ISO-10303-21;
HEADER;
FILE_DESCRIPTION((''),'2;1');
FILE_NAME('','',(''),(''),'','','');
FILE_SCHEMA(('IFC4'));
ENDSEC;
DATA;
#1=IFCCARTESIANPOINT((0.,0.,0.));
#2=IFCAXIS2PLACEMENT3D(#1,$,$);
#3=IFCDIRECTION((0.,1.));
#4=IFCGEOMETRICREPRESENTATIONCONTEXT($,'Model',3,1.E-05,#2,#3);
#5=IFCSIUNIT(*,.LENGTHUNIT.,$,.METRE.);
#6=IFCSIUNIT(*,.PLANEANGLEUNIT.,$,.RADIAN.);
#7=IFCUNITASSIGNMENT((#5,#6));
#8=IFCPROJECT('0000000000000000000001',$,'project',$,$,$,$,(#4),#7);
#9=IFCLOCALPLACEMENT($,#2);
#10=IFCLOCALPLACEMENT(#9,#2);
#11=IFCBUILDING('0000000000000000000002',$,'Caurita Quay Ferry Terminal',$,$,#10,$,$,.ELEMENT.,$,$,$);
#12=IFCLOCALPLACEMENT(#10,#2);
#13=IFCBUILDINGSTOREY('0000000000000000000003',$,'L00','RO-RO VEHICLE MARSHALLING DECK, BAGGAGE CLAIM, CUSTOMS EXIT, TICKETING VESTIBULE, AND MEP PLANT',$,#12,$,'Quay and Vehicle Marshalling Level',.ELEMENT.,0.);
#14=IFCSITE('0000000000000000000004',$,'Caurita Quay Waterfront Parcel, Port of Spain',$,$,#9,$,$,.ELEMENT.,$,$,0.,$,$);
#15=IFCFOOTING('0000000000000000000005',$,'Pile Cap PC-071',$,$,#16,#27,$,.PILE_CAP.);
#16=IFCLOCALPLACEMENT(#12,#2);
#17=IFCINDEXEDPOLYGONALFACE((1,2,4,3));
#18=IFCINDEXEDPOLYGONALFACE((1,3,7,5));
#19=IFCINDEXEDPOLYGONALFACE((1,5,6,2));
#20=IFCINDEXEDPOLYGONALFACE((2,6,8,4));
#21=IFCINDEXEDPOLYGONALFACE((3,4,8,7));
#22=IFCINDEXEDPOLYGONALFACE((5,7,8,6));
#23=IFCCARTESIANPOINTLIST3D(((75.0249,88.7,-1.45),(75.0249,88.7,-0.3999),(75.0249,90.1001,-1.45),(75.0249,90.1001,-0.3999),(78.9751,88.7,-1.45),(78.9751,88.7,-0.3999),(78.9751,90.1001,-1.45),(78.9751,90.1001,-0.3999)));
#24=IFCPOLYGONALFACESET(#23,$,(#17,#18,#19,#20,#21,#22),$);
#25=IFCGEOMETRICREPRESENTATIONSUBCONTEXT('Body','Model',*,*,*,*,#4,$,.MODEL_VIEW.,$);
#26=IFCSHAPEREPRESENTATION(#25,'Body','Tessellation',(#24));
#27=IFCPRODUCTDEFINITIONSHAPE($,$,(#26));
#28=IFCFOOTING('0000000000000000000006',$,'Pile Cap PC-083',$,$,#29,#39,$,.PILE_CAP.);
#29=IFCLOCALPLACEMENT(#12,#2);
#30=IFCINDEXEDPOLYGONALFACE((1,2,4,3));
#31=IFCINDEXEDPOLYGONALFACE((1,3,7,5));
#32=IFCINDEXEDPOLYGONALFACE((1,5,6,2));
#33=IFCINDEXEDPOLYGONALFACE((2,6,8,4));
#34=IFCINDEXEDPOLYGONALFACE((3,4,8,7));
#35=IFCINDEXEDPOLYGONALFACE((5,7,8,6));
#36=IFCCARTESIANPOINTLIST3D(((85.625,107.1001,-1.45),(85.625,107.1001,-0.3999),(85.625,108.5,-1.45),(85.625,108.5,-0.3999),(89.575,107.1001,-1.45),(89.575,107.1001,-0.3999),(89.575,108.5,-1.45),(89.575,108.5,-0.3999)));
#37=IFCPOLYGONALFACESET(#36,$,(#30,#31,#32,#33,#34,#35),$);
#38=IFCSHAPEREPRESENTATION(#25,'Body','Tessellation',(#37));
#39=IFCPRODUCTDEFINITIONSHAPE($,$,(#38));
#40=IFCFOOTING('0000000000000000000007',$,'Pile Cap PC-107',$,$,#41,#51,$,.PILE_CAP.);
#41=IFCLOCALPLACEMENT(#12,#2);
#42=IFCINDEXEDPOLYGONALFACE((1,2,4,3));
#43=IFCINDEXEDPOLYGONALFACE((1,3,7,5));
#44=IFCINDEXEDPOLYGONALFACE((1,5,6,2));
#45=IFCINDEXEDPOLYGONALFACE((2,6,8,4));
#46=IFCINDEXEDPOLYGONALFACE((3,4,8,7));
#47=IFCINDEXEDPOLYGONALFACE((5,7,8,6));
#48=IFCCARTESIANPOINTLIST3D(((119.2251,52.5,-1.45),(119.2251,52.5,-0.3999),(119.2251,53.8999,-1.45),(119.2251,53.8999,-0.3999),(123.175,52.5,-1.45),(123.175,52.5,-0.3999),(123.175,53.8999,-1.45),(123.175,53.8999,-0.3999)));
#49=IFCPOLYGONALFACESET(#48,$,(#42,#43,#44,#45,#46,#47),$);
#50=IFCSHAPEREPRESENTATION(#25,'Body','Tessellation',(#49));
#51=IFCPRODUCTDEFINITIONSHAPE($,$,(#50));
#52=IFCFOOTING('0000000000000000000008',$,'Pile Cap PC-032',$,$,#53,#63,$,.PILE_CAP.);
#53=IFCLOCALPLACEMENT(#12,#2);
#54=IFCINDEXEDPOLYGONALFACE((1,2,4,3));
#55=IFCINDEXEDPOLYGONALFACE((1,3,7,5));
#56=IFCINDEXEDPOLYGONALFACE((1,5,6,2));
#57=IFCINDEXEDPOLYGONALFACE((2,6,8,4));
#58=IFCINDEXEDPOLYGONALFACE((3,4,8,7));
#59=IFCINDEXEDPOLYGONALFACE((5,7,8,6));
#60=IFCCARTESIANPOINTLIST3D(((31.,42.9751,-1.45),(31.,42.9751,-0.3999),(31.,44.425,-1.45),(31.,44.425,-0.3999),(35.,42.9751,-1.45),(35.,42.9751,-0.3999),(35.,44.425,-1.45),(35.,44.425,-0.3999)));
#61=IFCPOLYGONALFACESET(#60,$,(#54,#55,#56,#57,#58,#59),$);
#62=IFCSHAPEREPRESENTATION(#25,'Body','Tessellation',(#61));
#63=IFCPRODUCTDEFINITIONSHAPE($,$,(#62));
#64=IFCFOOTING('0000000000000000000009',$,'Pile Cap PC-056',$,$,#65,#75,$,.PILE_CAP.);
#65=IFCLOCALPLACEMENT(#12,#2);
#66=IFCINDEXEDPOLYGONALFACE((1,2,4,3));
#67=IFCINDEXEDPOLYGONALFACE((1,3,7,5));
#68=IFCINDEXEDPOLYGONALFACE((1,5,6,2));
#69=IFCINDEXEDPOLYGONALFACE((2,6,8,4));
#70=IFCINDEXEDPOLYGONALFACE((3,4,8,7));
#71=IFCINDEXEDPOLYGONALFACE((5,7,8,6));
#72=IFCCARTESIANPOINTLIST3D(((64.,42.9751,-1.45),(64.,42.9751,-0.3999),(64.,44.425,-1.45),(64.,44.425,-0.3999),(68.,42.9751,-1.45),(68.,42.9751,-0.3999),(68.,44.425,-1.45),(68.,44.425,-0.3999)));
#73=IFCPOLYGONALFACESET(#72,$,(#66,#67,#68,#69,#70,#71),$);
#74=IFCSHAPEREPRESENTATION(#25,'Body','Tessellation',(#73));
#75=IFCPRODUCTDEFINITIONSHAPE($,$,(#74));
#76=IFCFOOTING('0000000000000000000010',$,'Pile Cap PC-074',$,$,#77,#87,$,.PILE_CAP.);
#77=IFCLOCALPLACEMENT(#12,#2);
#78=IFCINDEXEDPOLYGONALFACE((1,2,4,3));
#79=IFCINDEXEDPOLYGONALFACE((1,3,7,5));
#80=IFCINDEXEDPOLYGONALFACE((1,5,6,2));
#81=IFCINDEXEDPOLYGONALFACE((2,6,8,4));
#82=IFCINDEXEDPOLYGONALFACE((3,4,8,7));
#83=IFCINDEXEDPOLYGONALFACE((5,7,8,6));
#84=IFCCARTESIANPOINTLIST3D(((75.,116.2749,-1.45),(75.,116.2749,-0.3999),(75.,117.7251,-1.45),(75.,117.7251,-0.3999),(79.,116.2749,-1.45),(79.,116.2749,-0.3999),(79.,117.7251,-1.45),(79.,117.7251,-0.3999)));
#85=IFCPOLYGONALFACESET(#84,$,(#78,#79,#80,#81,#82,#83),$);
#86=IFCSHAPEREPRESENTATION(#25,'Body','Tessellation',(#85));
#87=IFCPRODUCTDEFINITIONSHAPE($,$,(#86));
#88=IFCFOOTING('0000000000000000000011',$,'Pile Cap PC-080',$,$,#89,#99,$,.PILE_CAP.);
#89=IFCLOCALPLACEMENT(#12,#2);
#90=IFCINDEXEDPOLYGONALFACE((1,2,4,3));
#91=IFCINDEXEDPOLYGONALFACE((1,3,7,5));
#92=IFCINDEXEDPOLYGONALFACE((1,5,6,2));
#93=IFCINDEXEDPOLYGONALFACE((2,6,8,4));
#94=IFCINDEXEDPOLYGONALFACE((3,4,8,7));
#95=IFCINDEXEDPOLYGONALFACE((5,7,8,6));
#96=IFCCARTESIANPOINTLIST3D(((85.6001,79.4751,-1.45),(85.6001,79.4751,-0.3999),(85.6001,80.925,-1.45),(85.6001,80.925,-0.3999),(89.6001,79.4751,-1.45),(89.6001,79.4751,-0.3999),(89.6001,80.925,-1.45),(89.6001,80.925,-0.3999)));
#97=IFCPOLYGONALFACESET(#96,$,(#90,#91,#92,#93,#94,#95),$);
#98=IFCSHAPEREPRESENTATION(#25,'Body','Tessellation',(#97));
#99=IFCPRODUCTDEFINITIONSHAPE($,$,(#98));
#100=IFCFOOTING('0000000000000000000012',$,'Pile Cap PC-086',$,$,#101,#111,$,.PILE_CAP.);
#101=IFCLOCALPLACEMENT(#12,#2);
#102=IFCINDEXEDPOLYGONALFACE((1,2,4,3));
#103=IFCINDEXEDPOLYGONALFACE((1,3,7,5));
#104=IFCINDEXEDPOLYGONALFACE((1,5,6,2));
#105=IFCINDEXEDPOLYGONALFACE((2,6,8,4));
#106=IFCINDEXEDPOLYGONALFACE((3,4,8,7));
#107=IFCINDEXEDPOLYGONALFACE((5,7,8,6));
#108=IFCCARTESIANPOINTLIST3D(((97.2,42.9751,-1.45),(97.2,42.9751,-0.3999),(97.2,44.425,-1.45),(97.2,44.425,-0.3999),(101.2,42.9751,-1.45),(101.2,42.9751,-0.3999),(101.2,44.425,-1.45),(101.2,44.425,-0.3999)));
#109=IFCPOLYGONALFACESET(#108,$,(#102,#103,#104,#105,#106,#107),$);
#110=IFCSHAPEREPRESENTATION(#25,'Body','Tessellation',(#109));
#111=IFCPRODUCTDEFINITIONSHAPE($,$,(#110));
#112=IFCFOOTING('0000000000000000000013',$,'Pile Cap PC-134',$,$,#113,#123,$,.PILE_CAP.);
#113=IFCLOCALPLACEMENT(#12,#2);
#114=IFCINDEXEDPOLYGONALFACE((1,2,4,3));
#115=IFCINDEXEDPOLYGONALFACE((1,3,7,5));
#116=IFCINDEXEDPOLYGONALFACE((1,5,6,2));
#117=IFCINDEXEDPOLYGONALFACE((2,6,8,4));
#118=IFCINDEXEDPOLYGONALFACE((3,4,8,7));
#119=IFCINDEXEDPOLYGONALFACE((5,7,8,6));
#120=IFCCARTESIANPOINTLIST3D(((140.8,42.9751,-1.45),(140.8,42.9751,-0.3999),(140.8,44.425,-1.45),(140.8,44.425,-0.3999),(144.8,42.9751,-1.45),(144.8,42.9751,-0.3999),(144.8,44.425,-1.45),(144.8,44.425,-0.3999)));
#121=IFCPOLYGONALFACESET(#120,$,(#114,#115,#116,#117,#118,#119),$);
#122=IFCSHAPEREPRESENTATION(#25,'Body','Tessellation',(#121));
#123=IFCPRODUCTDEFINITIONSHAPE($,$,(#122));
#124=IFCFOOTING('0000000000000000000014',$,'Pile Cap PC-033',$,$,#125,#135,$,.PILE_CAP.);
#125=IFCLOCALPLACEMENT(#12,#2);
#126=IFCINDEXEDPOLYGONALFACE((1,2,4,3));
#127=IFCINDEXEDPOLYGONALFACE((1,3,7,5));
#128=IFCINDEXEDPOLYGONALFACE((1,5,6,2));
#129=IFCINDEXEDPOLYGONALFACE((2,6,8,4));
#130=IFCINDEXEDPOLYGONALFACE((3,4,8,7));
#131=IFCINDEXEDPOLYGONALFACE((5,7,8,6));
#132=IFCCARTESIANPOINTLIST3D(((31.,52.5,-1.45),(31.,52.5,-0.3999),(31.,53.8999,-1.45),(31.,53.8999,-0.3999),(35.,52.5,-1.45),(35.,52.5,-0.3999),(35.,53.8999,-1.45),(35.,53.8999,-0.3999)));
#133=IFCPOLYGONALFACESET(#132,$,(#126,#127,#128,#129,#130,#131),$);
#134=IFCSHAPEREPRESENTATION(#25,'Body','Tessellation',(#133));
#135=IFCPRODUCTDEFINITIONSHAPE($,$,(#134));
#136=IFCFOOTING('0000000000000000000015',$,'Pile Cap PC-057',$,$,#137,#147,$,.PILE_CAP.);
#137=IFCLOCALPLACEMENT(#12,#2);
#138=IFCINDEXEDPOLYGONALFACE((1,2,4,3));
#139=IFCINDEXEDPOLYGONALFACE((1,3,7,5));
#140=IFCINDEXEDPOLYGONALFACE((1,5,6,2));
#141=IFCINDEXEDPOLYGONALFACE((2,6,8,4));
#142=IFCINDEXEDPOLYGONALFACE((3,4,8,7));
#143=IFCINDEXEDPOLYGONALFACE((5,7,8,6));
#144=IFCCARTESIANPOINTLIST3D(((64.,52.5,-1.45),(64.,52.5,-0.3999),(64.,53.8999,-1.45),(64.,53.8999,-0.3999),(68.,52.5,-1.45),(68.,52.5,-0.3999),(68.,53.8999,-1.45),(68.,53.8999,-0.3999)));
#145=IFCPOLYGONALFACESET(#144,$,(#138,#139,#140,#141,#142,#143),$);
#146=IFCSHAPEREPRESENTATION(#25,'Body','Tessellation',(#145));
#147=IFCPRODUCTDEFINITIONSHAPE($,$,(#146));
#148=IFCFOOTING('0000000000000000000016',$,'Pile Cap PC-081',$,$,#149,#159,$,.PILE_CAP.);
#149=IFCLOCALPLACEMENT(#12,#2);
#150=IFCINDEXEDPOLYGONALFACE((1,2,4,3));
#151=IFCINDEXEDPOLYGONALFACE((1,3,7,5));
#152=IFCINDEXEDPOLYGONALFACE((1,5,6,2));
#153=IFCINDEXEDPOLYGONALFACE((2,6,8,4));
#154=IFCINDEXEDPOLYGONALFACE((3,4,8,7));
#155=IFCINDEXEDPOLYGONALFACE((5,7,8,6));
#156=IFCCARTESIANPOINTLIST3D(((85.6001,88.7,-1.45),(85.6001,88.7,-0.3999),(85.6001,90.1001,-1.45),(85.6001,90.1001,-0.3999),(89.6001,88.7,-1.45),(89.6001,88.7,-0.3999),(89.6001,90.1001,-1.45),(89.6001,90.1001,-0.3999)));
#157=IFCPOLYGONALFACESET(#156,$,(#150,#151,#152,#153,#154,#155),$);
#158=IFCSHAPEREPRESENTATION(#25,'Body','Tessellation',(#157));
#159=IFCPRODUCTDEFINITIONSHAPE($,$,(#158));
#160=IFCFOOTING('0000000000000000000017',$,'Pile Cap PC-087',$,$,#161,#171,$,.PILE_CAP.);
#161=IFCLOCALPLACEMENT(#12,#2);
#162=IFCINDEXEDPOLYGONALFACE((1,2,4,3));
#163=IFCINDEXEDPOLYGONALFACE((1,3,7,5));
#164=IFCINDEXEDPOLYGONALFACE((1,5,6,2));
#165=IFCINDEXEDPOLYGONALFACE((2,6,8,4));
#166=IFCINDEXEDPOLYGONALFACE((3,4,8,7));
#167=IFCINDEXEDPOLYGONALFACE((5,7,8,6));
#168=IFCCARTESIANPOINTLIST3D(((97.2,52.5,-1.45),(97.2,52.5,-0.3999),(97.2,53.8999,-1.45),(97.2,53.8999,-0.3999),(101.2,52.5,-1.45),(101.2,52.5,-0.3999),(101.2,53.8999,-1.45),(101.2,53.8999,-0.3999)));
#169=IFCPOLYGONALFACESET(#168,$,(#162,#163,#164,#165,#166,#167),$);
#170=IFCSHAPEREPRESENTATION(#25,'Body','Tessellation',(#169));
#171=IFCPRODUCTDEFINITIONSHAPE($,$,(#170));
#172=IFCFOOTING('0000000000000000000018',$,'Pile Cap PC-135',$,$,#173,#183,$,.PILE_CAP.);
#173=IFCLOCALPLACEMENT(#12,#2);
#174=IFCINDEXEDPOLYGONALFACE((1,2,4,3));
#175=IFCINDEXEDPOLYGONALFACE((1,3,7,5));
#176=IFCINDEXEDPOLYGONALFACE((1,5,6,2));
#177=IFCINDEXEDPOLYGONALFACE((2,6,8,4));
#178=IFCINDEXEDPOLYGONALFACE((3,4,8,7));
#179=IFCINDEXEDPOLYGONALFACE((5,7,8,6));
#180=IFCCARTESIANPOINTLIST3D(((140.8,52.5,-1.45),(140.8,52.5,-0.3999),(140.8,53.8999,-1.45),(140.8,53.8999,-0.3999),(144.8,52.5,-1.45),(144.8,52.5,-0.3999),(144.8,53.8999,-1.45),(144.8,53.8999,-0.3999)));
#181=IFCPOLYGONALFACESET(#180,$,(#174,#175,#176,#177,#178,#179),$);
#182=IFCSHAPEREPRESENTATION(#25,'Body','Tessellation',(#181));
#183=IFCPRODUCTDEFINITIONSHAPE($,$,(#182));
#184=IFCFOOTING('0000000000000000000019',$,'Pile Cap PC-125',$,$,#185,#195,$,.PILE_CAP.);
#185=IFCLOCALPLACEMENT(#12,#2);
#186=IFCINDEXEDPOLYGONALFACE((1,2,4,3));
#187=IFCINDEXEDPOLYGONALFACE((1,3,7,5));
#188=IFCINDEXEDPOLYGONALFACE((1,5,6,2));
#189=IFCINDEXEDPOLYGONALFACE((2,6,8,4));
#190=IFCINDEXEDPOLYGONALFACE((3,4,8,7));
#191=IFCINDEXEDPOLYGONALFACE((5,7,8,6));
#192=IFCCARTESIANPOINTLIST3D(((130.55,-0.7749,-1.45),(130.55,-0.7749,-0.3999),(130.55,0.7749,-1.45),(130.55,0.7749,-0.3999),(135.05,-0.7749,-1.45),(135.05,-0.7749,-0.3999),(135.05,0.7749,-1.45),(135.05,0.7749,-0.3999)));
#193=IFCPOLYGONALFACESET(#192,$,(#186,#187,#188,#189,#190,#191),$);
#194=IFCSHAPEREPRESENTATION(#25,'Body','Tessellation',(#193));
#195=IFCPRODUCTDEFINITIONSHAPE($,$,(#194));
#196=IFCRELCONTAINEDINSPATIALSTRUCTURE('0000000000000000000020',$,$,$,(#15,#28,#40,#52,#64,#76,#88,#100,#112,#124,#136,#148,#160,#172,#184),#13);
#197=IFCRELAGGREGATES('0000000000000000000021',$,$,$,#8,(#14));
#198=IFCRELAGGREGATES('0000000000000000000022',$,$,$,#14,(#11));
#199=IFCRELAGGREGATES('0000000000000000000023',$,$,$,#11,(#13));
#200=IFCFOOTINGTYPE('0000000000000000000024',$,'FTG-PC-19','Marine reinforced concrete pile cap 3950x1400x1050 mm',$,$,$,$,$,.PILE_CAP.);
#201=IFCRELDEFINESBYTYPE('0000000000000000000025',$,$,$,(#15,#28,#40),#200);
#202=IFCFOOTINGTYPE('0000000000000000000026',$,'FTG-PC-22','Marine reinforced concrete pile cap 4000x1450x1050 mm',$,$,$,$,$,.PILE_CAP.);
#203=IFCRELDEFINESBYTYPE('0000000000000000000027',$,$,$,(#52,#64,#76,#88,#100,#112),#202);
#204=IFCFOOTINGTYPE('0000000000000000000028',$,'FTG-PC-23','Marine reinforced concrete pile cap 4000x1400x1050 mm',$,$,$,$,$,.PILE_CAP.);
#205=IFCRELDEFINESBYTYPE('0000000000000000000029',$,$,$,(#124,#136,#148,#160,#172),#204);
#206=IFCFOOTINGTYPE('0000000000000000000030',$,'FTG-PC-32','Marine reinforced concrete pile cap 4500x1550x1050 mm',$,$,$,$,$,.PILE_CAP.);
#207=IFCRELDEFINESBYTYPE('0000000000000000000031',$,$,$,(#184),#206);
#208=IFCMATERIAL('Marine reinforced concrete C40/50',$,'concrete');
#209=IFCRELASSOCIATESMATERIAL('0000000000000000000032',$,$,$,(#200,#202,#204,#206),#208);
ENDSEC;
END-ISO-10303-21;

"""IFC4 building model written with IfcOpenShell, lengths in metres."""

from ifc_helpers import new_model, si_unit, direction, frame, origin, place, context, subcontext, project, spatial, polyline, outline, extrude, material, type_object, element, save


model = new_model("IFC4")

# Units and contexts
model_context = context("Model", 3, precision=1e-05, world=origin(), true_north=direction((0.0, 1.0)))
body_context = subcontext(model_context, "Body", "Model", "MODEL_VIEW")
ifc_project = project(units=[si_unit("LENGTHUNIT", "METRE"), si_unit("PLANEANGLEUNIT", "RADIAN")], contexts=[model_context])

# Site, building, storey
site_placement = place(None, origin())
site = spatial("IfcSite", under=ifc_project, at=site_placement, Name="Caurita Quay Waterfront Parcel, Port of Spain", CompositionType="ELEMENT", RefElevation=0.0)
building_placement = place(site_placement, origin())
building = spatial("IfcBuilding", under=site, at=building_placement, Name="Caurita Quay Ferry Terminal", CompositionType="ELEMENT")
storey_placement = place(building_placement, origin())
storey = spatial("IfcBuildingStorey", under=building, at=storey_placement, Name="L00", Description="RO-RO VEHICLE MARSHALLING DECK, BAGGAGE CLAIM, CUSTOMS EXIT, TICKETING VESTIBULE, AND MEP PLANT", LongName="Quay and Vehicle Marshalling Level", CompositionType="ELEMENT", Elevation=0.0)

# Footings
ifc_material = material(Name="Marine reinforced concrete C40/50", Category="concrete")
footing_type_1 = type_object("IfcFootingType", Name="FTG-PC-19", Description="Marine reinforced concrete pile cap 3950x1400x1050 mm", PredefinedType="PILE_CAP", material=ifc_material)
footing_1_placement = place(storey_placement, frame((0.0, 0.0, -1.45)))
element("IfcFooting", 1, at=footing_1_placement, inside=storey, type_object=footing_type_1, Name="Pile Cap PC-071", PredefinedType="PILE_CAP", context=body_context, shape_type="SweptSolid", body=[
    extrude(outline(polyline([(75.0249, 88.7), (78.9751, 88.7), (78.9751, 90.1001), (75.0249, 90.1001), (75.0249, 88.7)])), origin(), (0.0, 0.0, 1.0), 1.05),
])
footing_2_placement = place(storey_placement, frame((0.0, 0.0, -1.45)))
element("IfcFooting", 2, at=footing_2_placement, inside=storey, type_object=footing_type_1, Name="Pile Cap PC-083", PredefinedType="PILE_CAP", context=body_context, shape_type="SweptSolid", body=[
    extrude(outline(polyline([(85.625, 107.1001), (89.575, 107.1001), (89.575, 108.5), (85.625, 108.5), (85.625, 107.1001)])), origin(), (0.0, 0.0, 1.0), 1.05),
])
footing_3_placement = place(storey_placement, frame((0.0, 0.0, -1.45)))
element("IfcFooting", 3, at=footing_3_placement, inside=storey, type_object=footing_type_1, Name="Pile Cap PC-107", PredefinedType="PILE_CAP", context=body_context, shape_type="SweptSolid", body=[
    extrude(outline(polyline([(119.2251, 52.5), (123.175, 52.5), (123.175, 53.8999), (119.2251, 53.8999), (119.2251, 52.5)])), origin(), (0.0, 0.0, 1.0), 1.05),
])
footing_type_2 = type_object("IfcFootingType", Name="FTG-PC-22", Description="Marine reinforced concrete pile cap 4000x1450x1050 mm", PredefinedType="PILE_CAP", material=ifc_material)
footing_4_placement = place(storey_placement, frame((0.0, 0.0, -1.45)))
element("IfcFooting", 4, at=footing_4_placement, inside=storey, type_object=footing_type_2, Name="Pile Cap PC-032", PredefinedType="PILE_CAP", context=body_context, shape_type="SweptSolid", body=[
    extrude(outline(polyline([(31.0, 42.9751), (35.0, 42.9751), (35.0, 44.425), (31.0, 44.425), (31.0, 42.9751)])), origin(), (0.0, 0.0, 1.0), 1.05),
])
footing_5_placement = place(storey_placement, frame((0.0, 0.0, -1.45)))
element("IfcFooting", 5, at=footing_5_placement, inside=storey, type_object=footing_type_2, Name="Pile Cap PC-056", PredefinedType="PILE_CAP", context=body_context, shape_type="SweptSolid", body=[
    extrude(outline(polyline([(64.0, 42.9751), (68.0, 42.9751), (68.0, 44.425), (64.0, 44.425), (64.0, 42.9751)])), origin(), (0.0, 0.0, 1.0), 1.05),
])
footing_6_placement = place(storey_placement, frame((0.0, 0.0, -1.45)))
element("IfcFooting", 6, at=footing_6_placement, inside=storey, type_object=footing_type_2, Name="Pile Cap PC-074", PredefinedType="PILE_CAP", context=body_context, shape_type="SweptSolid", body=[
    extrude(outline(polyline([(75.0, 116.2749), (79.0, 116.2749), (79.0, 117.7251), (75.0, 117.7251), (75.0, 116.2749)])), origin(), (0.0, 0.0, 1.0), 1.05),
])
footing_7_placement = place(storey_placement, frame((0.0, 0.0, -1.45)))
element("IfcFooting", 7, at=footing_7_placement, inside=storey, type_object=footing_type_2, Name="Pile Cap PC-080", PredefinedType="PILE_CAP", context=body_context, shape_type="SweptSolid", body=[
    extrude(outline(polyline([(85.6001, 79.4751), (89.6001, 79.4751), (89.6001, 80.925), (85.6001, 80.925), (85.6001, 79.4751)])), origin(), (0.0, 0.0, 1.0), 1.05),
])
footing_8_placement = place(storey_placement, frame((0.0, 0.0, -1.45)))
element("IfcFooting", 8, at=footing_8_placement, inside=storey, type_object=footing_type_2, Name="Pile Cap PC-086", PredefinedType="PILE_CAP", context=body_context, shape_type="SweptSolid", body=[
    extrude(outline(polyline([(97.2, 42.9751), (101.2, 42.9751), (101.2, 44.425), (97.2, 44.425), (97.2, 42.9751)])), origin(), (0.0, 0.0, 1.0), 1.05),
])
footing_9_placement = place(storey_placement, frame((0.0, 0.0, -1.45)))
element("IfcFooting", 9, at=footing_9_placement, inside=storey, type_object=footing_type_2, Name="Pile Cap PC-134", PredefinedType="PILE_CAP", context=body_context, shape_type="SweptSolid", body=[
    extrude(outline(polyline([(140.8, 42.9751), (144.8, 42.9751), (144.8, 44.425), (140.8, 44.425), (140.8, 42.9751)])), origin(), (0.0, 0.0, 1.0), 1.05),
])
footing_type_3 = type_object("IfcFootingType", Name="FTG-PC-23", Description="Marine reinforced concrete pile cap 4000x1400x1050 mm", PredefinedType="PILE_CAP", material=ifc_material)
footing_10_placement = place(storey_placement, frame((0.0, 0.0, -1.45)))
element("IfcFooting", 10, at=footing_10_placement, inside=storey, type_object=footing_type_3, Name="Pile Cap PC-033", PredefinedType="PILE_CAP", context=body_context, shape_type="SweptSolid", body=[
    extrude(outline(polyline([(31.0, 52.5), (35.0, 52.5), (35.0, 53.8999), (31.0, 53.8999), (31.0, 52.5)])), origin(), (0.0, 0.0, 1.0), 1.05),
])
footing_11_placement = place(storey_placement, frame((0.0, 0.0, -1.45)))
element("IfcFooting", 11, at=footing_11_placement, inside=storey, type_object=footing_type_3, Name="Pile Cap PC-057", PredefinedType="PILE_CAP", context=body_context, shape_type="SweptSolid", body=[
    extrude(outline(polyline([(64.0, 52.5), (68.0, 52.5), (68.0, 53.8999), (64.0, 53.8999), (64.0, 52.5)])), origin(), (0.0, 0.0, 1.0), 1.05),
])
footing_12_placement = place(storey_placement, frame((0.0, 0.0, -1.45)))
element("IfcFooting", 12, at=footing_12_placement, inside=storey, type_object=footing_type_3, Name="Pile Cap PC-081", PredefinedType="PILE_CAP", context=body_context, shape_type="SweptSolid", body=[
    extrude(outline(polyline([(85.6001, 88.7), (89.6001, 88.7), (89.6001, 90.1001), (85.6001, 90.1001), (85.6001, 88.7)])), origin(), (0.0, 0.0, 1.0), 1.05),
])
footing_13_placement = place(storey_placement, frame((0.0, 0.0, -1.45)))
element("IfcFooting", 13, at=footing_13_placement, inside=storey, type_object=footing_type_3, Name="Pile Cap PC-087", PredefinedType="PILE_CAP", context=body_context, shape_type="SweptSolid", body=[
    extrude(outline(polyline([(97.2, 52.5), (101.2, 52.5), (101.2, 53.8999), (97.2, 53.8999), (97.2, 52.5)])), origin(), (0.0, 0.0, 1.0), 1.05),
])
footing_14_placement = place(storey_placement, frame((0.0, 0.0, -1.45)))
element("IfcFooting", 14, at=footing_14_placement, inside=storey, type_object=footing_type_3, Name="Pile Cap PC-135", PredefinedType="PILE_CAP", context=body_context, shape_type="SweptSolid", body=[
    extrude(outline(polyline([(140.8, 52.5), (144.8, 52.5), (144.8, 53.8999), (140.8, 53.8999), (140.8, 52.5)])), origin(), (0.0, 0.0, 1.0), 1.05),
])
footing_type_4 = type_object("IfcFootingType", Name="FTG-PC-32", Description="Marine reinforced concrete pile cap 4500x1550x1050 mm", PredefinedType="PILE_CAP", material=ifc_material)
footing_15_placement = place(storey_placement, frame((0.0, 0.0, -1.45)))
element("IfcFooting", 15, at=footing_15_placement, inside=storey, type_object=footing_type_4, Name="Pile Cap PC-125", PredefinedType="PILE_CAP", context=body_context, shape_type="SweptSolid", body=[
    extrude(outline(polyline([(130.55, -0.7749), (135.05, -0.7749), (135.05, 0.7749), (130.55, 0.7749), (130.55, -0.7749)])), origin(), (0.0, 0.0, 1.0), 1.05),
])

save(model, "model.ifc")
